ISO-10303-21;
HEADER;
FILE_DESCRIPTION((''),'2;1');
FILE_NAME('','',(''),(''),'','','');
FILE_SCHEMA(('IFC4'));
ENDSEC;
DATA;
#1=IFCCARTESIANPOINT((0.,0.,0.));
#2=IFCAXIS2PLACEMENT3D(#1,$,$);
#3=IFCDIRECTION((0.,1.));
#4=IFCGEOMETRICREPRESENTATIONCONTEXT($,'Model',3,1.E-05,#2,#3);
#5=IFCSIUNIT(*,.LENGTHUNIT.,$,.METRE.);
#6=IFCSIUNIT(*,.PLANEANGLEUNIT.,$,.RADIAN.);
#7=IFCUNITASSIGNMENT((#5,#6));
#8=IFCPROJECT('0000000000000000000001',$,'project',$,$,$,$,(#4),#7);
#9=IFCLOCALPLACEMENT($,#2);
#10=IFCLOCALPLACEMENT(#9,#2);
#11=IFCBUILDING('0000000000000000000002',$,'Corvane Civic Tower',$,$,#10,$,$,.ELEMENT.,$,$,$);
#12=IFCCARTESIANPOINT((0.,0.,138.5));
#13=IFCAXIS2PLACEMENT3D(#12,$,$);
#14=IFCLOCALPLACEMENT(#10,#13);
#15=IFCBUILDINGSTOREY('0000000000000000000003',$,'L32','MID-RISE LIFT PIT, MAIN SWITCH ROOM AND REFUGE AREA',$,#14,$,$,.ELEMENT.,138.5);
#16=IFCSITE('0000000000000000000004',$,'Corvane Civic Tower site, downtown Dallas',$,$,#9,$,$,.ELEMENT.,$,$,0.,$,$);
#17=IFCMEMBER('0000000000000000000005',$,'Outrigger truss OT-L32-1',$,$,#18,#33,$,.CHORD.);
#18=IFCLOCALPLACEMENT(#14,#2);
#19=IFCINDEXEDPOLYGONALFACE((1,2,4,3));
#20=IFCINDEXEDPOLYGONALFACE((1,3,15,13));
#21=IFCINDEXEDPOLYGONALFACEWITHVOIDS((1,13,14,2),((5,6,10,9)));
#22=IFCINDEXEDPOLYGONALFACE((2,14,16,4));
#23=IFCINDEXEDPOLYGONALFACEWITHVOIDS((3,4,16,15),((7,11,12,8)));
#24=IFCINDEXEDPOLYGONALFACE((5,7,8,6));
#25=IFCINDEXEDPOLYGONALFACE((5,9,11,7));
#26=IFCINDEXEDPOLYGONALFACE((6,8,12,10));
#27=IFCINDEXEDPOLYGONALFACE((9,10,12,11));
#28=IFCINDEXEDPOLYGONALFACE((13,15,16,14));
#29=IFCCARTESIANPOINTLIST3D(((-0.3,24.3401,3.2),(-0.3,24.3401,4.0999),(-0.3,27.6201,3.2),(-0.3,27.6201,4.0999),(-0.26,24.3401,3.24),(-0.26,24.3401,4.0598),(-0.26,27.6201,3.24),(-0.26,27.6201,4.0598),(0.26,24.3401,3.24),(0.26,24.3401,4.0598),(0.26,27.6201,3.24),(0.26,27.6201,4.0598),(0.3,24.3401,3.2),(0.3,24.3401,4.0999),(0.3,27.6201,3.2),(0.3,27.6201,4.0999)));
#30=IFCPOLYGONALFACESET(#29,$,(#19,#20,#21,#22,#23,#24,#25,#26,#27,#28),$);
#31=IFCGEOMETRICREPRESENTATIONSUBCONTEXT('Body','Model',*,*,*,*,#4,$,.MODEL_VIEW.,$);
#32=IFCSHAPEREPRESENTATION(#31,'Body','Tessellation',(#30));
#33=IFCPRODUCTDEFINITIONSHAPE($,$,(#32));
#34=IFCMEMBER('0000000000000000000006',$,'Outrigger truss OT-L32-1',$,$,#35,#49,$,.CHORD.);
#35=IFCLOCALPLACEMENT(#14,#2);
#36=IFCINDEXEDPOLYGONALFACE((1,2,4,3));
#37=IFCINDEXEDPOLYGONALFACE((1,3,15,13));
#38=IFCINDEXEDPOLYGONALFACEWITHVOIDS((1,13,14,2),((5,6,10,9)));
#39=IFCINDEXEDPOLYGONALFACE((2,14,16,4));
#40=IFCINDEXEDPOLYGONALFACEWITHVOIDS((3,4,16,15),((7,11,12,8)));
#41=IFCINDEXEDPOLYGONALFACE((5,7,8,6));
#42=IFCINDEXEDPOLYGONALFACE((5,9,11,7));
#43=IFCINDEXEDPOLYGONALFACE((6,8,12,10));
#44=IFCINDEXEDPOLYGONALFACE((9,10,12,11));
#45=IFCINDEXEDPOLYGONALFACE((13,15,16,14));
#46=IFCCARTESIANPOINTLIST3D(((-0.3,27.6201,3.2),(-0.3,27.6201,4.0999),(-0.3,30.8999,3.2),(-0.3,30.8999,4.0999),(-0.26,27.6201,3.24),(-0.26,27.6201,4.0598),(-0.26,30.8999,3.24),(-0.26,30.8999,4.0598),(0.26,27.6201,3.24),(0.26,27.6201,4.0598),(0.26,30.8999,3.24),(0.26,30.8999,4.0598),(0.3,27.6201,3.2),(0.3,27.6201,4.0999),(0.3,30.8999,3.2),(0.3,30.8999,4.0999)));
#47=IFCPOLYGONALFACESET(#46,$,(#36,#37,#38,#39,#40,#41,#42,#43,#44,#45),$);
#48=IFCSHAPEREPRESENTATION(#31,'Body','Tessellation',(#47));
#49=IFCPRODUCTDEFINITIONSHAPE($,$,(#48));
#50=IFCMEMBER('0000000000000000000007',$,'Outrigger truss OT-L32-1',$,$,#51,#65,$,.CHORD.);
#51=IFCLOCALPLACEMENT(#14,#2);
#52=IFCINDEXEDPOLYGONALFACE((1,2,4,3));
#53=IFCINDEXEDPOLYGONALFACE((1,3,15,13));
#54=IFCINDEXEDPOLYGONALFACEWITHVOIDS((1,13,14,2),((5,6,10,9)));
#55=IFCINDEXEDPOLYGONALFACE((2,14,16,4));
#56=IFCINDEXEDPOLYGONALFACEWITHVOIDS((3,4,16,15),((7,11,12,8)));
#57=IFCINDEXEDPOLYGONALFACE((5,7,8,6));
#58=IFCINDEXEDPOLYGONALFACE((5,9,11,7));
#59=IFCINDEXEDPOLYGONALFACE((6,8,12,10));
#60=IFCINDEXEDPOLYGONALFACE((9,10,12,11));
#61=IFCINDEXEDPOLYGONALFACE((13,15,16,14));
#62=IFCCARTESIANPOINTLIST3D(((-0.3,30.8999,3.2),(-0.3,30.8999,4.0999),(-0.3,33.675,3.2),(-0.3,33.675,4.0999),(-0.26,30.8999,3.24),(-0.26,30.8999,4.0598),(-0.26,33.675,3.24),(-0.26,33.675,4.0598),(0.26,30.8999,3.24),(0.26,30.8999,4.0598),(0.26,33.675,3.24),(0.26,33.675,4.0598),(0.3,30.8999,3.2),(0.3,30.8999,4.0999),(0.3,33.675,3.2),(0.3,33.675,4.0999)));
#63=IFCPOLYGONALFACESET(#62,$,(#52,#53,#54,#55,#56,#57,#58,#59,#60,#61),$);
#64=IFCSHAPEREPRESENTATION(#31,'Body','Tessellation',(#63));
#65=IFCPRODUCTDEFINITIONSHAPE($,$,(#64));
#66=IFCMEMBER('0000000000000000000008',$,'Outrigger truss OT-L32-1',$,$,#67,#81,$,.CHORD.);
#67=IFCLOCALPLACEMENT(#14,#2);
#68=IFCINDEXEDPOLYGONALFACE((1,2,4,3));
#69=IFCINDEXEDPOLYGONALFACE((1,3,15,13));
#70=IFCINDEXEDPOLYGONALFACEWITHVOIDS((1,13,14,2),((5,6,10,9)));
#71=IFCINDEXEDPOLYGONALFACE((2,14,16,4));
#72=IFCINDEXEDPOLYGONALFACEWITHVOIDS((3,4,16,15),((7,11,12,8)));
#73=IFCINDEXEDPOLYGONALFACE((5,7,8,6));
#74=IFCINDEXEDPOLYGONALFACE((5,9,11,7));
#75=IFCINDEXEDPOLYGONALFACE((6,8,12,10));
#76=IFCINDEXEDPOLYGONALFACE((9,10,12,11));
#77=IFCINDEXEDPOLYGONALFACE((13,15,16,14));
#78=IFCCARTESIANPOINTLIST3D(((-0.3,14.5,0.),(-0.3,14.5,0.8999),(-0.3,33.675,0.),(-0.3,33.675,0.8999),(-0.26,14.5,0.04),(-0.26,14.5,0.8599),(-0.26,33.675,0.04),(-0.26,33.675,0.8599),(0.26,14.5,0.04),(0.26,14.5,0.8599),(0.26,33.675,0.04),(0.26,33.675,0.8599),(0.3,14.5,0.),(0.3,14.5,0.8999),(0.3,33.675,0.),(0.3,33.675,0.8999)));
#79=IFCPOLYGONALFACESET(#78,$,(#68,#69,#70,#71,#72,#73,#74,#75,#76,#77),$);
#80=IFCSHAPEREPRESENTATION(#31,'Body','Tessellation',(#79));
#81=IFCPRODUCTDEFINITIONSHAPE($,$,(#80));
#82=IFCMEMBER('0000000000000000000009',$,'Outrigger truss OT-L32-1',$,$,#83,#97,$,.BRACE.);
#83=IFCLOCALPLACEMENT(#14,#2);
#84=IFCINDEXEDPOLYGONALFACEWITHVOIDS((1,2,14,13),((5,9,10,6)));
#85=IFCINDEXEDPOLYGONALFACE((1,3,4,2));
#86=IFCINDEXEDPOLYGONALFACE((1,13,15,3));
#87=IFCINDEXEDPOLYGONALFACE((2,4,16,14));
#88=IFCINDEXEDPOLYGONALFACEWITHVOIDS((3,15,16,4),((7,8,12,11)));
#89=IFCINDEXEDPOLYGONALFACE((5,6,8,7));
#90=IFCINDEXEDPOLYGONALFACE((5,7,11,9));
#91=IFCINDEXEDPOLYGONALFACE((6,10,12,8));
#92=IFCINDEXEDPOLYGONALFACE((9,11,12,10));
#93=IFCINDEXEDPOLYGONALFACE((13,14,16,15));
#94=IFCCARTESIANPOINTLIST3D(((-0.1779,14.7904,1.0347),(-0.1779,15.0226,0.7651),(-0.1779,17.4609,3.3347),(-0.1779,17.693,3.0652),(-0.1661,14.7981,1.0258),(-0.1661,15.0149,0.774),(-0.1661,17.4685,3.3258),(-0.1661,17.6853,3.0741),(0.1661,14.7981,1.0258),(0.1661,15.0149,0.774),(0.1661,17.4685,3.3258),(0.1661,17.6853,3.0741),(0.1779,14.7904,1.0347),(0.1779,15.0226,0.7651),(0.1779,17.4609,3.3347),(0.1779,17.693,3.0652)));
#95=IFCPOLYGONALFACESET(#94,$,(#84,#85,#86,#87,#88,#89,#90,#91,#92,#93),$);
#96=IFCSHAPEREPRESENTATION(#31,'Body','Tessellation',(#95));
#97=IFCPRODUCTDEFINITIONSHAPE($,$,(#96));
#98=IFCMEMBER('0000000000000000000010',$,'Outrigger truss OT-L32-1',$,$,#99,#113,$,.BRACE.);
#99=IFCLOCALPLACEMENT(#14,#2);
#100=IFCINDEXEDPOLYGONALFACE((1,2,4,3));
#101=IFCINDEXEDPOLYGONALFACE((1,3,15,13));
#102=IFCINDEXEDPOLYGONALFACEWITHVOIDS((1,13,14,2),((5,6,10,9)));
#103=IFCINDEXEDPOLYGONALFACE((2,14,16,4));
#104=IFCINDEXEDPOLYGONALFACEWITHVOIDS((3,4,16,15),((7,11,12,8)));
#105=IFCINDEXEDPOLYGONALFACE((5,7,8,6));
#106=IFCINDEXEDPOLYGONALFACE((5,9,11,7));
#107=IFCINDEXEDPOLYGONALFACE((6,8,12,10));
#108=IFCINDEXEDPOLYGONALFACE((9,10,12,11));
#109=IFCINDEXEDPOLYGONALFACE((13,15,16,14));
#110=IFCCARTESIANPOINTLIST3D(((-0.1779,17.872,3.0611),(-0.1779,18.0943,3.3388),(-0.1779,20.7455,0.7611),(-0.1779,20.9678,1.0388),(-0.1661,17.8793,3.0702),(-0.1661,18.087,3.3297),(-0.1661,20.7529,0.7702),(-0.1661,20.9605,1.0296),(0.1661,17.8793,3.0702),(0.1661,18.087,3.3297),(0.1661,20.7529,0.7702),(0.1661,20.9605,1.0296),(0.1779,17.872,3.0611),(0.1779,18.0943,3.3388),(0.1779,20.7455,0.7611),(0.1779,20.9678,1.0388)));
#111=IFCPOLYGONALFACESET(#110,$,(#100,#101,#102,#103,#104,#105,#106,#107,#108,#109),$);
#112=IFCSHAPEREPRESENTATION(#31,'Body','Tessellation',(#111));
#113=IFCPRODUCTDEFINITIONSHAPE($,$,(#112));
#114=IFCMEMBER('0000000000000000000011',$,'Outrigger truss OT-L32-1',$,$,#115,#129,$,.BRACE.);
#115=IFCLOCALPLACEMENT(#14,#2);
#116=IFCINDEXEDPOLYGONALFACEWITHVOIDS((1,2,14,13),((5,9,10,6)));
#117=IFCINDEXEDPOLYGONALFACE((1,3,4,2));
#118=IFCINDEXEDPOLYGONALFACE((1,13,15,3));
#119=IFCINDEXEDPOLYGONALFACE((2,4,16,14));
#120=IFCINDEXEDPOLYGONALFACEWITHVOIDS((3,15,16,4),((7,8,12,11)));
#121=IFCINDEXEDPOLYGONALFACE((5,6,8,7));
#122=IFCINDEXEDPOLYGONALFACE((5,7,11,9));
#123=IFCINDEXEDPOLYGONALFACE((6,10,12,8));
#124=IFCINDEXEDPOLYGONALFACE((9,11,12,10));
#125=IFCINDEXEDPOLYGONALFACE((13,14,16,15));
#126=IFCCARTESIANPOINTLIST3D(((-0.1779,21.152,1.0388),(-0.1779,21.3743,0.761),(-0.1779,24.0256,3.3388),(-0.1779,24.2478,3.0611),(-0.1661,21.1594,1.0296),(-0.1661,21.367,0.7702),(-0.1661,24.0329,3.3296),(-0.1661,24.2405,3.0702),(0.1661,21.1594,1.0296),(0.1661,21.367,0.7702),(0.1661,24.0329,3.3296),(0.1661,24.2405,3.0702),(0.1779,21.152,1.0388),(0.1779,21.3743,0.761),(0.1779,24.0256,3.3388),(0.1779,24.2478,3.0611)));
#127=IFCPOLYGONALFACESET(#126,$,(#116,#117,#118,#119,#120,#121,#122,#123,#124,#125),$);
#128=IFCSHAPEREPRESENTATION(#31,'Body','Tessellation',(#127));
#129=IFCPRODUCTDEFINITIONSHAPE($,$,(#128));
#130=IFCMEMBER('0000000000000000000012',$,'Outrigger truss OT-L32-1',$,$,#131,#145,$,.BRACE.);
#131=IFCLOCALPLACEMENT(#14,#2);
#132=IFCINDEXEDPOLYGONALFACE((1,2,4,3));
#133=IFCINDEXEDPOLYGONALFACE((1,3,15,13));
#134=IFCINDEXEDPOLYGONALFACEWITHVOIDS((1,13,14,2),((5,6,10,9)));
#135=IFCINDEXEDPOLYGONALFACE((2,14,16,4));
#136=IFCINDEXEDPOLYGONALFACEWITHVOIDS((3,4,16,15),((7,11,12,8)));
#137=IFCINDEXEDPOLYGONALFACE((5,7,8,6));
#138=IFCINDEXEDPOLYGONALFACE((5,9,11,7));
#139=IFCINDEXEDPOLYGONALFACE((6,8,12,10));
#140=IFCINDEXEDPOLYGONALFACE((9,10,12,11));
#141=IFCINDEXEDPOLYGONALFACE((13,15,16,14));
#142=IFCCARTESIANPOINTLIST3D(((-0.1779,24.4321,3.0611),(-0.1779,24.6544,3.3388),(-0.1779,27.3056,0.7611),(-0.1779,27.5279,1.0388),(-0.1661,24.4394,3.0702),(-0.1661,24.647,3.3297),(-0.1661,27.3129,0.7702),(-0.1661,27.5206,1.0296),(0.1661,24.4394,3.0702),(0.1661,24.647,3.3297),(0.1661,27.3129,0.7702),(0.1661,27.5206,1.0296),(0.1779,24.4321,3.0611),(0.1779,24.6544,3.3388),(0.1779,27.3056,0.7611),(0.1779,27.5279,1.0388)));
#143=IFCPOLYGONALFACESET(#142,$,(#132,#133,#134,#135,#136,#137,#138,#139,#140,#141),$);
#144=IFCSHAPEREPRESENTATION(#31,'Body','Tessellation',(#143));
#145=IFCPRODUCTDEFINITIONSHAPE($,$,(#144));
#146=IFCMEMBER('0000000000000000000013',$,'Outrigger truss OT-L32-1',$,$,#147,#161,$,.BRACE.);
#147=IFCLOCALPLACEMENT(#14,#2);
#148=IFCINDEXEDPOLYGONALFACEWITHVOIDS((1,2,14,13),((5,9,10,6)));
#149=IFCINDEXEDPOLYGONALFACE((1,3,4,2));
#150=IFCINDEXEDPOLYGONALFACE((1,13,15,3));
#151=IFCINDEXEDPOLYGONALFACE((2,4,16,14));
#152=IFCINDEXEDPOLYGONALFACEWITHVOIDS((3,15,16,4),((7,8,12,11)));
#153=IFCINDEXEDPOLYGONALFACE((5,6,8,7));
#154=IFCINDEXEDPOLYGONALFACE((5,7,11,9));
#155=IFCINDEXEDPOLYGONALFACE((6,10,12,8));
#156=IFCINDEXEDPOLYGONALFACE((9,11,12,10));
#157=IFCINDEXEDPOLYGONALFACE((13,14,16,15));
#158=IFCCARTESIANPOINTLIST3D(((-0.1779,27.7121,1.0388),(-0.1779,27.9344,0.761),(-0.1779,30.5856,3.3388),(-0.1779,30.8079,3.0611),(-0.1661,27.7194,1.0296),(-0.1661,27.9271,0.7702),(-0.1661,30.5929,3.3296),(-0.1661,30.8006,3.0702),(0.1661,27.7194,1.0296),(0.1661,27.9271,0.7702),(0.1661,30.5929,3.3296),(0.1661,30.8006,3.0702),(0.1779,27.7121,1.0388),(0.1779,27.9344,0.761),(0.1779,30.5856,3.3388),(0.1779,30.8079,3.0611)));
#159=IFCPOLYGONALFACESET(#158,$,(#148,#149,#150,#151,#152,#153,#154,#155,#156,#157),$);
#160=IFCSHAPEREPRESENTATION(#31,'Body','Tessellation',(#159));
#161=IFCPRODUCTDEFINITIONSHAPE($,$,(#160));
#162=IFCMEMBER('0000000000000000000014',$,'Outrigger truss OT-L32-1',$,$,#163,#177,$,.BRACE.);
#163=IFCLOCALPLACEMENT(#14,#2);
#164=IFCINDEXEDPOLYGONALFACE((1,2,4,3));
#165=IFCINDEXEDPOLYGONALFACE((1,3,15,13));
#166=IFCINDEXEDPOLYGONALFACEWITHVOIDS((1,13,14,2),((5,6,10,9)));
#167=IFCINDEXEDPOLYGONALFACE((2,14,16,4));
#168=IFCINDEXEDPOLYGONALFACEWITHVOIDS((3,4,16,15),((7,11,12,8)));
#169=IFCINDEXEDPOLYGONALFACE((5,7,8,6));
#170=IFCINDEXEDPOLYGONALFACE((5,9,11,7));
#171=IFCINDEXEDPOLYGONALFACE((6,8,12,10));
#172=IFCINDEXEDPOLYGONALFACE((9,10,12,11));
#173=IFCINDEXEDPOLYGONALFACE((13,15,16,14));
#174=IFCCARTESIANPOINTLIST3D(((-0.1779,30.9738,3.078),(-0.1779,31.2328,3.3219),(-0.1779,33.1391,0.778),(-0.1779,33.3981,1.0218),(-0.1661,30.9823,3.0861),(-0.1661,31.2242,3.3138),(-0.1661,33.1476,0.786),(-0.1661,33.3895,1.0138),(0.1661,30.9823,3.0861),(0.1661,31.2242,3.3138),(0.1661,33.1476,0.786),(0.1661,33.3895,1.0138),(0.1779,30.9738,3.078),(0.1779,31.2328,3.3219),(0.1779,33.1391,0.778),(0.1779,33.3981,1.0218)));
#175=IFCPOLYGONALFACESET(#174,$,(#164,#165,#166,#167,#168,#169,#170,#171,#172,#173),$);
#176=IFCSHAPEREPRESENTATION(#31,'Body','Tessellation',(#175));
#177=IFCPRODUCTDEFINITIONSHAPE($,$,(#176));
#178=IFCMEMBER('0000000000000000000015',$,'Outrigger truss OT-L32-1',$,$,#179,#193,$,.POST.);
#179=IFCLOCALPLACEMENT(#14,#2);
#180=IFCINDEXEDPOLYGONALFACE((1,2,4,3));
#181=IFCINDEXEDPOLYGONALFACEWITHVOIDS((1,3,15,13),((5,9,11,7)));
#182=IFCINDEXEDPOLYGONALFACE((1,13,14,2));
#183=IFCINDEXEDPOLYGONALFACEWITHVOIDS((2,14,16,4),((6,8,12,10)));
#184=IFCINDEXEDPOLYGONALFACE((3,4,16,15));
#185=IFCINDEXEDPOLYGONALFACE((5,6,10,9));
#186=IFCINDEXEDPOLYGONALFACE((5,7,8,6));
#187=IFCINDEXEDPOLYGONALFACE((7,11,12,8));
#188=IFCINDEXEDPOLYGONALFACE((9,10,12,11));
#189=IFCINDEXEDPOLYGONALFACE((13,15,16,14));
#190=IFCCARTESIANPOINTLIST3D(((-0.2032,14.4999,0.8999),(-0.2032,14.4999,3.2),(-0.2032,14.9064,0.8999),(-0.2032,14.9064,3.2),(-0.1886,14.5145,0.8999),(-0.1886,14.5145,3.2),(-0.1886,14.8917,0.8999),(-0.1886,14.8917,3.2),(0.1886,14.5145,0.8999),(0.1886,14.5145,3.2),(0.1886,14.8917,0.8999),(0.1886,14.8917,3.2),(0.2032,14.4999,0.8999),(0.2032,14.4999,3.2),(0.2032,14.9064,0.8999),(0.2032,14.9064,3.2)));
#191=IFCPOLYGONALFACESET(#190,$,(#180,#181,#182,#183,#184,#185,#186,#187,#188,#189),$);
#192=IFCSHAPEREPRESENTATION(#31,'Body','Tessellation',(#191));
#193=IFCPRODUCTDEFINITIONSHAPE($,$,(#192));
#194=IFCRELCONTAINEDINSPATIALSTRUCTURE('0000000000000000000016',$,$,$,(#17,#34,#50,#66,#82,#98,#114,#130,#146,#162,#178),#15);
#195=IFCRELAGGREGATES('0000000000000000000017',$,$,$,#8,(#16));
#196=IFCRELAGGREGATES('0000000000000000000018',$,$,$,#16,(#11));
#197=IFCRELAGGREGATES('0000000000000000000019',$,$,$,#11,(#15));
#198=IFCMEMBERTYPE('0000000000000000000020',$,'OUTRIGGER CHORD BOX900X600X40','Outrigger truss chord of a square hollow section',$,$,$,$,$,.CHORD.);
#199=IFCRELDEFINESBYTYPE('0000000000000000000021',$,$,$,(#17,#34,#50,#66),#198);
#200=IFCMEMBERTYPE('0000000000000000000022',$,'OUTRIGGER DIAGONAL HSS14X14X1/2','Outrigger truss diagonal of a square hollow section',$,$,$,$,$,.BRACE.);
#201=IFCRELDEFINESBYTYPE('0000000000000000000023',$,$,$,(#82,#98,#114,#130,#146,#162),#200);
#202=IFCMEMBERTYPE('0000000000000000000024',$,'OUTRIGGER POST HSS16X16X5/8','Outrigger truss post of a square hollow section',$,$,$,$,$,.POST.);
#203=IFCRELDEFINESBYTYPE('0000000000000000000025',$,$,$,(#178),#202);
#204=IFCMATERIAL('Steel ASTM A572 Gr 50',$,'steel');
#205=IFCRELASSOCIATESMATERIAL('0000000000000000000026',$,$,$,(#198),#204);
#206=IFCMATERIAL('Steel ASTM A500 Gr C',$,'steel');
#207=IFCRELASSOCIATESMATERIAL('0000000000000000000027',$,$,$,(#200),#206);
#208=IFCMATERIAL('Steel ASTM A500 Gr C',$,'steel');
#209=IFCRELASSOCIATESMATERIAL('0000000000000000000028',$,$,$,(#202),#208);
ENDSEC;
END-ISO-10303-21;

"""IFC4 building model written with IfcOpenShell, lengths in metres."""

from ifc_helpers import new_model, si_unit, direction, frame, origin, origin_2d, place, context, subcontext, project, spatial, hollow_rectangle, extrude, material, material_profile, profile_set, type_object, element, save


model = new_model("IFC4")

# Units and contexts
model_context = context("Model", 3, precision=1e-05, world=origin(), true_north=direction((0.0, 1.0)))
body_context = subcontext(model_context, "Body", "Model", "MODEL_VIEW")
ifc_project = project(units=[si_unit("LENGTHUNIT", "METRE"), si_unit("PLANEANGLEUNIT", "RADIAN")], contexts=[model_context])

# Site, building, storey
site_placement = place(None, origin())
site = spatial("IfcSite", under=ifc_project, at=site_placement, Name="Corvane Civic Tower site, downtown Dallas", CompositionType="ELEMENT", RefElevation=0.0)
building_placement = place(site_placement, origin())
building = spatial("IfcBuilding", under=site, at=building_placement, Name="Corvane Civic Tower", CompositionType="ELEMENT")
storey_placement = place(building_placement, frame((0.0, 0.0, 138.5)))
storey = spatial("IfcBuildingStorey", under=building, at=storey_placement, Name="L32", Description="MID-RISE LIFT PIT, MAIN SWITCH ROOM AND REFUGE AREA", CompositionType="ELEMENT", Elevation=138.5)

# Members
ifc_material_1 = material(Name="Steel ASTM A572 Gr 50", Category="steel")
ifc_material_profile_1 = material_profile(ifc_material_1, hollow_rectangle(XDim=0.6001, YDim=0.8999, WallThickness=0.04, at=origin_2d()), Name="BOX900X600X40")
ifc_profile_set_1 = profile_set([ifc_material_profile_1], Name="Steel ASTM A572 Gr 50")
member_type_1 = type_object("IfcMemberType", Name="OUTRIGGER CHORD BOX900X600X40", Description="Outrigger truss chord of a square hollow section", PredefinedType="CHORD", material=ifc_profile_set_1)
for number, where, z_axis, x_axis, name in (
    (1, (0.0, 24.3401, 3.6499), (0.0, 1.0, 0.0), (-1.0, 0.0, 0.0), "Outrigger truss OT-L32-1"),
):
    element("IfcMember", number, at=place(storey_placement, frame(where, z_axis=z_axis, x_axis=x_axis)), inside=storey, type_object=member_type_1, Name=name, PredefinedType="CHORD", context=body_context, shape_type="SweptSolid", body=[
        extrude(hollow_rectangle(XDim=0.6001, YDim=0.8999, WallThickness=0.04, at=origin_2d()), origin(), (0.0, 0.0, 1.0), 3.28),
    ])
member_1_placement = place(storey_placement, frame((0.0, 27.6201, 3.6499), z_axis=(0.0, 1.0, 0.0), x_axis=(-1.0, 0.0, 0.0)))
element("IfcMember", 2, at=member_1_placement, inside=storey, type_object=member_type_1, Name="Outrigger truss OT-L32-1", PredefinedType="CHORD", context=body_context, shape_type="SweptSolid", body=[
    extrude(hollow_rectangle(XDim=0.6001, YDim=0.8999, WallThickness=0.04, at=origin_2d()), origin(), (0.0, 0.0, 1.0), 3.2798),
])
member_2_placement = place(storey_placement, frame((0.0, 30.8999, 3.6499), z_axis=(0.0, 1.0, 0.0), x_axis=(-1.0, 0.0, 0.0)))
element("IfcMember", 3, at=member_2_placement, inside=storey, type_object=member_type_1, Name="Outrigger truss OT-L32-1", PredefinedType="CHORD", context=body_context, shape_type="SweptSolid", body=[
    extrude(hollow_rectangle(XDim=0.6001, YDim=0.8999, WallThickness=0.04, at=origin_2d()), origin(), (0.0, 0.0, 1.0), 2.7751),
])
member_3_placement = place(storey_placement, frame((0.0, 14.5, 0.45), z_axis=(0.0, 1.0, 0.0), x_axis=(-1.0, 0.0, 0.0)))
element("IfcMember", 4, at=member_3_placement, inside=storey, type_object=member_type_1, Name="Outrigger truss OT-L32-1", PredefinedType="CHORD", context=body_context, shape_type="SweptSolid", body=[
    extrude(hollow_rectangle(XDim=0.6001, YDim=0.8999, WallThickness=0.04, at=origin_2d()), origin(), (0.0, 0.0, 1.0), 19.175),
])
ifc_material_2 = material(Name="Steel ASTM A500 Gr C", Category="steel")
ifc_material_profile_2 = material_profile(ifc_material_2, hollow_rectangle(XDim=0.3557, YDim=0.3557, WallThickness=0.0117, at=origin_2d()), Name="HSS14X14X1/2")
ifc_profile_set_2 = profile_set([ifc_material_profile_2], Name="Steel ASTM A500 Gr C")
member_type_2 = type_object("IfcMemberType", Name="OUTRIGGER DIAGONAL HSS14X14X1/2", Description="Outrigger truss diagonal of a square hollow section", PredefinedType="BRACE", material=ifc_profile_set_2)
member_4_placement = place(storey_placement, frame((0.0, 14.9065, 0.8999), z_axis=(0.0, 0.757695, 0.652609), x_axis=(-1.0, 0.0, 0.0)))
element("IfcMember", 5, at=member_4_placement, inside=storey, type_object=member_type_2, Name="Outrigger truss OT-L32-1", PredefinedType="BRACE", context=body_context, shape_type="SweptSolid", body=[
    extrude(hollow_rectangle(XDim=0.3557, YDim=0.3557, WallThickness=0.0117, at=origin_2d()), origin(), (0.0, 0.0, 1.0), 3.5244),
])
for number, where, z_axis, x_axis, name in (
    (6, (0.0, 17.9832, 3.2), (0.0, 0.780707, -0.624897), (-1.0, 0.0, 0.0), "Outrigger truss OT-L32-1"),
    (7, (0.0, 21.2632, 0.8999), (0.0, 0.780707, 0.624897), (-1.0, 0.0, 0.0), "Outrigger truss OT-L32-1"),
    (8, (0.0, 24.5432, 3.2), (0.0, 0.780707, -0.624897), (-1.0, 0.0, 0.0), "Outrigger truss OT-L32-1"),
    (9, (0.0, 27.8232, 0.8999), (0.0, 0.780707, 0.624897), (-1.0, 0.0, 0.0), "Outrigger truss OT-L32-1"),
):
    element("IfcMember", number, at=place(storey_placement, frame(where, z_axis=z_axis, x_axis=x_axis)), inside=storey, type_object=member_type_2, Name=name, PredefinedType="BRACE", context=body_context, shape_type="SweptSolid", body=[
        extrude(hollow_rectangle(XDim=0.3557, YDim=0.3557, WallThickness=0.0117, at=origin_2d()), origin(), (0.0, 0.0, 1.0), 3.6807),
    ])
member_5_placement = place(storey_placement, frame((0.0, 31.1033, 3.2), z_axis=(0.0, 0.685454, -0.728116), x_axis=(-1.0, 0.0, 0.0)))
element("IfcMember", 10, at=member_5_placement, inside=storey, type_object=member_type_2, Name="Outrigger truss OT-L32-1", PredefinedType="BRACE", context=body_context, shape_type="SweptSolid", body=[
    extrude(hollow_rectangle(XDim=0.3557, YDim=0.3557, WallThickness=0.0117, at=origin_2d()), origin(), (0.0, 0.0, 1.0), 3.1589),
])
ifc_material_3 = material(Name="Steel ASTM A500 Gr C", Category="steel")
ifc_material_profile_3 = material_profile(ifc_material_3, hollow_rectangle(XDim=0.4065, YDim=0.4065, WallThickness=0.0146, at=origin_2d()), Name="HSS16X16X5/8")
ifc_profile_set_3 = profile_set([ifc_material_profile_3], Name="Steel ASTM A500 Gr C")
member_type_3 = type_object("IfcMemberType", Name="OUTRIGGER POST HSS16X16X5/8", Description="Outrigger truss post of a square hollow section", PredefinedType="POST", material=ifc_profile_set_3)
for number, where, z_axis, x_axis, name in (
    (11, (0.0, 14.7031, 0.8999), (0.0, 0.0, 1.0), (1.0, 0.0, 0.0), "Outrigger truss OT-L32-1"),
):
    element("IfcMember", number, at=place(storey_placement, frame(where, z_axis=z_axis, x_axis=x_axis)), inside=storey, type_object=member_type_3, Name=name, PredefinedType="POST", context=body_context, shape_type="SweptSolid", body=[
        extrude(hollow_rectangle(XDim=0.4065, YDim=0.4065, WallThickness=0.0146, at=origin_2d()), origin(), (0.0, 0.0, 1.0), 2.3),
    ])

save(model, "model.ifc")
